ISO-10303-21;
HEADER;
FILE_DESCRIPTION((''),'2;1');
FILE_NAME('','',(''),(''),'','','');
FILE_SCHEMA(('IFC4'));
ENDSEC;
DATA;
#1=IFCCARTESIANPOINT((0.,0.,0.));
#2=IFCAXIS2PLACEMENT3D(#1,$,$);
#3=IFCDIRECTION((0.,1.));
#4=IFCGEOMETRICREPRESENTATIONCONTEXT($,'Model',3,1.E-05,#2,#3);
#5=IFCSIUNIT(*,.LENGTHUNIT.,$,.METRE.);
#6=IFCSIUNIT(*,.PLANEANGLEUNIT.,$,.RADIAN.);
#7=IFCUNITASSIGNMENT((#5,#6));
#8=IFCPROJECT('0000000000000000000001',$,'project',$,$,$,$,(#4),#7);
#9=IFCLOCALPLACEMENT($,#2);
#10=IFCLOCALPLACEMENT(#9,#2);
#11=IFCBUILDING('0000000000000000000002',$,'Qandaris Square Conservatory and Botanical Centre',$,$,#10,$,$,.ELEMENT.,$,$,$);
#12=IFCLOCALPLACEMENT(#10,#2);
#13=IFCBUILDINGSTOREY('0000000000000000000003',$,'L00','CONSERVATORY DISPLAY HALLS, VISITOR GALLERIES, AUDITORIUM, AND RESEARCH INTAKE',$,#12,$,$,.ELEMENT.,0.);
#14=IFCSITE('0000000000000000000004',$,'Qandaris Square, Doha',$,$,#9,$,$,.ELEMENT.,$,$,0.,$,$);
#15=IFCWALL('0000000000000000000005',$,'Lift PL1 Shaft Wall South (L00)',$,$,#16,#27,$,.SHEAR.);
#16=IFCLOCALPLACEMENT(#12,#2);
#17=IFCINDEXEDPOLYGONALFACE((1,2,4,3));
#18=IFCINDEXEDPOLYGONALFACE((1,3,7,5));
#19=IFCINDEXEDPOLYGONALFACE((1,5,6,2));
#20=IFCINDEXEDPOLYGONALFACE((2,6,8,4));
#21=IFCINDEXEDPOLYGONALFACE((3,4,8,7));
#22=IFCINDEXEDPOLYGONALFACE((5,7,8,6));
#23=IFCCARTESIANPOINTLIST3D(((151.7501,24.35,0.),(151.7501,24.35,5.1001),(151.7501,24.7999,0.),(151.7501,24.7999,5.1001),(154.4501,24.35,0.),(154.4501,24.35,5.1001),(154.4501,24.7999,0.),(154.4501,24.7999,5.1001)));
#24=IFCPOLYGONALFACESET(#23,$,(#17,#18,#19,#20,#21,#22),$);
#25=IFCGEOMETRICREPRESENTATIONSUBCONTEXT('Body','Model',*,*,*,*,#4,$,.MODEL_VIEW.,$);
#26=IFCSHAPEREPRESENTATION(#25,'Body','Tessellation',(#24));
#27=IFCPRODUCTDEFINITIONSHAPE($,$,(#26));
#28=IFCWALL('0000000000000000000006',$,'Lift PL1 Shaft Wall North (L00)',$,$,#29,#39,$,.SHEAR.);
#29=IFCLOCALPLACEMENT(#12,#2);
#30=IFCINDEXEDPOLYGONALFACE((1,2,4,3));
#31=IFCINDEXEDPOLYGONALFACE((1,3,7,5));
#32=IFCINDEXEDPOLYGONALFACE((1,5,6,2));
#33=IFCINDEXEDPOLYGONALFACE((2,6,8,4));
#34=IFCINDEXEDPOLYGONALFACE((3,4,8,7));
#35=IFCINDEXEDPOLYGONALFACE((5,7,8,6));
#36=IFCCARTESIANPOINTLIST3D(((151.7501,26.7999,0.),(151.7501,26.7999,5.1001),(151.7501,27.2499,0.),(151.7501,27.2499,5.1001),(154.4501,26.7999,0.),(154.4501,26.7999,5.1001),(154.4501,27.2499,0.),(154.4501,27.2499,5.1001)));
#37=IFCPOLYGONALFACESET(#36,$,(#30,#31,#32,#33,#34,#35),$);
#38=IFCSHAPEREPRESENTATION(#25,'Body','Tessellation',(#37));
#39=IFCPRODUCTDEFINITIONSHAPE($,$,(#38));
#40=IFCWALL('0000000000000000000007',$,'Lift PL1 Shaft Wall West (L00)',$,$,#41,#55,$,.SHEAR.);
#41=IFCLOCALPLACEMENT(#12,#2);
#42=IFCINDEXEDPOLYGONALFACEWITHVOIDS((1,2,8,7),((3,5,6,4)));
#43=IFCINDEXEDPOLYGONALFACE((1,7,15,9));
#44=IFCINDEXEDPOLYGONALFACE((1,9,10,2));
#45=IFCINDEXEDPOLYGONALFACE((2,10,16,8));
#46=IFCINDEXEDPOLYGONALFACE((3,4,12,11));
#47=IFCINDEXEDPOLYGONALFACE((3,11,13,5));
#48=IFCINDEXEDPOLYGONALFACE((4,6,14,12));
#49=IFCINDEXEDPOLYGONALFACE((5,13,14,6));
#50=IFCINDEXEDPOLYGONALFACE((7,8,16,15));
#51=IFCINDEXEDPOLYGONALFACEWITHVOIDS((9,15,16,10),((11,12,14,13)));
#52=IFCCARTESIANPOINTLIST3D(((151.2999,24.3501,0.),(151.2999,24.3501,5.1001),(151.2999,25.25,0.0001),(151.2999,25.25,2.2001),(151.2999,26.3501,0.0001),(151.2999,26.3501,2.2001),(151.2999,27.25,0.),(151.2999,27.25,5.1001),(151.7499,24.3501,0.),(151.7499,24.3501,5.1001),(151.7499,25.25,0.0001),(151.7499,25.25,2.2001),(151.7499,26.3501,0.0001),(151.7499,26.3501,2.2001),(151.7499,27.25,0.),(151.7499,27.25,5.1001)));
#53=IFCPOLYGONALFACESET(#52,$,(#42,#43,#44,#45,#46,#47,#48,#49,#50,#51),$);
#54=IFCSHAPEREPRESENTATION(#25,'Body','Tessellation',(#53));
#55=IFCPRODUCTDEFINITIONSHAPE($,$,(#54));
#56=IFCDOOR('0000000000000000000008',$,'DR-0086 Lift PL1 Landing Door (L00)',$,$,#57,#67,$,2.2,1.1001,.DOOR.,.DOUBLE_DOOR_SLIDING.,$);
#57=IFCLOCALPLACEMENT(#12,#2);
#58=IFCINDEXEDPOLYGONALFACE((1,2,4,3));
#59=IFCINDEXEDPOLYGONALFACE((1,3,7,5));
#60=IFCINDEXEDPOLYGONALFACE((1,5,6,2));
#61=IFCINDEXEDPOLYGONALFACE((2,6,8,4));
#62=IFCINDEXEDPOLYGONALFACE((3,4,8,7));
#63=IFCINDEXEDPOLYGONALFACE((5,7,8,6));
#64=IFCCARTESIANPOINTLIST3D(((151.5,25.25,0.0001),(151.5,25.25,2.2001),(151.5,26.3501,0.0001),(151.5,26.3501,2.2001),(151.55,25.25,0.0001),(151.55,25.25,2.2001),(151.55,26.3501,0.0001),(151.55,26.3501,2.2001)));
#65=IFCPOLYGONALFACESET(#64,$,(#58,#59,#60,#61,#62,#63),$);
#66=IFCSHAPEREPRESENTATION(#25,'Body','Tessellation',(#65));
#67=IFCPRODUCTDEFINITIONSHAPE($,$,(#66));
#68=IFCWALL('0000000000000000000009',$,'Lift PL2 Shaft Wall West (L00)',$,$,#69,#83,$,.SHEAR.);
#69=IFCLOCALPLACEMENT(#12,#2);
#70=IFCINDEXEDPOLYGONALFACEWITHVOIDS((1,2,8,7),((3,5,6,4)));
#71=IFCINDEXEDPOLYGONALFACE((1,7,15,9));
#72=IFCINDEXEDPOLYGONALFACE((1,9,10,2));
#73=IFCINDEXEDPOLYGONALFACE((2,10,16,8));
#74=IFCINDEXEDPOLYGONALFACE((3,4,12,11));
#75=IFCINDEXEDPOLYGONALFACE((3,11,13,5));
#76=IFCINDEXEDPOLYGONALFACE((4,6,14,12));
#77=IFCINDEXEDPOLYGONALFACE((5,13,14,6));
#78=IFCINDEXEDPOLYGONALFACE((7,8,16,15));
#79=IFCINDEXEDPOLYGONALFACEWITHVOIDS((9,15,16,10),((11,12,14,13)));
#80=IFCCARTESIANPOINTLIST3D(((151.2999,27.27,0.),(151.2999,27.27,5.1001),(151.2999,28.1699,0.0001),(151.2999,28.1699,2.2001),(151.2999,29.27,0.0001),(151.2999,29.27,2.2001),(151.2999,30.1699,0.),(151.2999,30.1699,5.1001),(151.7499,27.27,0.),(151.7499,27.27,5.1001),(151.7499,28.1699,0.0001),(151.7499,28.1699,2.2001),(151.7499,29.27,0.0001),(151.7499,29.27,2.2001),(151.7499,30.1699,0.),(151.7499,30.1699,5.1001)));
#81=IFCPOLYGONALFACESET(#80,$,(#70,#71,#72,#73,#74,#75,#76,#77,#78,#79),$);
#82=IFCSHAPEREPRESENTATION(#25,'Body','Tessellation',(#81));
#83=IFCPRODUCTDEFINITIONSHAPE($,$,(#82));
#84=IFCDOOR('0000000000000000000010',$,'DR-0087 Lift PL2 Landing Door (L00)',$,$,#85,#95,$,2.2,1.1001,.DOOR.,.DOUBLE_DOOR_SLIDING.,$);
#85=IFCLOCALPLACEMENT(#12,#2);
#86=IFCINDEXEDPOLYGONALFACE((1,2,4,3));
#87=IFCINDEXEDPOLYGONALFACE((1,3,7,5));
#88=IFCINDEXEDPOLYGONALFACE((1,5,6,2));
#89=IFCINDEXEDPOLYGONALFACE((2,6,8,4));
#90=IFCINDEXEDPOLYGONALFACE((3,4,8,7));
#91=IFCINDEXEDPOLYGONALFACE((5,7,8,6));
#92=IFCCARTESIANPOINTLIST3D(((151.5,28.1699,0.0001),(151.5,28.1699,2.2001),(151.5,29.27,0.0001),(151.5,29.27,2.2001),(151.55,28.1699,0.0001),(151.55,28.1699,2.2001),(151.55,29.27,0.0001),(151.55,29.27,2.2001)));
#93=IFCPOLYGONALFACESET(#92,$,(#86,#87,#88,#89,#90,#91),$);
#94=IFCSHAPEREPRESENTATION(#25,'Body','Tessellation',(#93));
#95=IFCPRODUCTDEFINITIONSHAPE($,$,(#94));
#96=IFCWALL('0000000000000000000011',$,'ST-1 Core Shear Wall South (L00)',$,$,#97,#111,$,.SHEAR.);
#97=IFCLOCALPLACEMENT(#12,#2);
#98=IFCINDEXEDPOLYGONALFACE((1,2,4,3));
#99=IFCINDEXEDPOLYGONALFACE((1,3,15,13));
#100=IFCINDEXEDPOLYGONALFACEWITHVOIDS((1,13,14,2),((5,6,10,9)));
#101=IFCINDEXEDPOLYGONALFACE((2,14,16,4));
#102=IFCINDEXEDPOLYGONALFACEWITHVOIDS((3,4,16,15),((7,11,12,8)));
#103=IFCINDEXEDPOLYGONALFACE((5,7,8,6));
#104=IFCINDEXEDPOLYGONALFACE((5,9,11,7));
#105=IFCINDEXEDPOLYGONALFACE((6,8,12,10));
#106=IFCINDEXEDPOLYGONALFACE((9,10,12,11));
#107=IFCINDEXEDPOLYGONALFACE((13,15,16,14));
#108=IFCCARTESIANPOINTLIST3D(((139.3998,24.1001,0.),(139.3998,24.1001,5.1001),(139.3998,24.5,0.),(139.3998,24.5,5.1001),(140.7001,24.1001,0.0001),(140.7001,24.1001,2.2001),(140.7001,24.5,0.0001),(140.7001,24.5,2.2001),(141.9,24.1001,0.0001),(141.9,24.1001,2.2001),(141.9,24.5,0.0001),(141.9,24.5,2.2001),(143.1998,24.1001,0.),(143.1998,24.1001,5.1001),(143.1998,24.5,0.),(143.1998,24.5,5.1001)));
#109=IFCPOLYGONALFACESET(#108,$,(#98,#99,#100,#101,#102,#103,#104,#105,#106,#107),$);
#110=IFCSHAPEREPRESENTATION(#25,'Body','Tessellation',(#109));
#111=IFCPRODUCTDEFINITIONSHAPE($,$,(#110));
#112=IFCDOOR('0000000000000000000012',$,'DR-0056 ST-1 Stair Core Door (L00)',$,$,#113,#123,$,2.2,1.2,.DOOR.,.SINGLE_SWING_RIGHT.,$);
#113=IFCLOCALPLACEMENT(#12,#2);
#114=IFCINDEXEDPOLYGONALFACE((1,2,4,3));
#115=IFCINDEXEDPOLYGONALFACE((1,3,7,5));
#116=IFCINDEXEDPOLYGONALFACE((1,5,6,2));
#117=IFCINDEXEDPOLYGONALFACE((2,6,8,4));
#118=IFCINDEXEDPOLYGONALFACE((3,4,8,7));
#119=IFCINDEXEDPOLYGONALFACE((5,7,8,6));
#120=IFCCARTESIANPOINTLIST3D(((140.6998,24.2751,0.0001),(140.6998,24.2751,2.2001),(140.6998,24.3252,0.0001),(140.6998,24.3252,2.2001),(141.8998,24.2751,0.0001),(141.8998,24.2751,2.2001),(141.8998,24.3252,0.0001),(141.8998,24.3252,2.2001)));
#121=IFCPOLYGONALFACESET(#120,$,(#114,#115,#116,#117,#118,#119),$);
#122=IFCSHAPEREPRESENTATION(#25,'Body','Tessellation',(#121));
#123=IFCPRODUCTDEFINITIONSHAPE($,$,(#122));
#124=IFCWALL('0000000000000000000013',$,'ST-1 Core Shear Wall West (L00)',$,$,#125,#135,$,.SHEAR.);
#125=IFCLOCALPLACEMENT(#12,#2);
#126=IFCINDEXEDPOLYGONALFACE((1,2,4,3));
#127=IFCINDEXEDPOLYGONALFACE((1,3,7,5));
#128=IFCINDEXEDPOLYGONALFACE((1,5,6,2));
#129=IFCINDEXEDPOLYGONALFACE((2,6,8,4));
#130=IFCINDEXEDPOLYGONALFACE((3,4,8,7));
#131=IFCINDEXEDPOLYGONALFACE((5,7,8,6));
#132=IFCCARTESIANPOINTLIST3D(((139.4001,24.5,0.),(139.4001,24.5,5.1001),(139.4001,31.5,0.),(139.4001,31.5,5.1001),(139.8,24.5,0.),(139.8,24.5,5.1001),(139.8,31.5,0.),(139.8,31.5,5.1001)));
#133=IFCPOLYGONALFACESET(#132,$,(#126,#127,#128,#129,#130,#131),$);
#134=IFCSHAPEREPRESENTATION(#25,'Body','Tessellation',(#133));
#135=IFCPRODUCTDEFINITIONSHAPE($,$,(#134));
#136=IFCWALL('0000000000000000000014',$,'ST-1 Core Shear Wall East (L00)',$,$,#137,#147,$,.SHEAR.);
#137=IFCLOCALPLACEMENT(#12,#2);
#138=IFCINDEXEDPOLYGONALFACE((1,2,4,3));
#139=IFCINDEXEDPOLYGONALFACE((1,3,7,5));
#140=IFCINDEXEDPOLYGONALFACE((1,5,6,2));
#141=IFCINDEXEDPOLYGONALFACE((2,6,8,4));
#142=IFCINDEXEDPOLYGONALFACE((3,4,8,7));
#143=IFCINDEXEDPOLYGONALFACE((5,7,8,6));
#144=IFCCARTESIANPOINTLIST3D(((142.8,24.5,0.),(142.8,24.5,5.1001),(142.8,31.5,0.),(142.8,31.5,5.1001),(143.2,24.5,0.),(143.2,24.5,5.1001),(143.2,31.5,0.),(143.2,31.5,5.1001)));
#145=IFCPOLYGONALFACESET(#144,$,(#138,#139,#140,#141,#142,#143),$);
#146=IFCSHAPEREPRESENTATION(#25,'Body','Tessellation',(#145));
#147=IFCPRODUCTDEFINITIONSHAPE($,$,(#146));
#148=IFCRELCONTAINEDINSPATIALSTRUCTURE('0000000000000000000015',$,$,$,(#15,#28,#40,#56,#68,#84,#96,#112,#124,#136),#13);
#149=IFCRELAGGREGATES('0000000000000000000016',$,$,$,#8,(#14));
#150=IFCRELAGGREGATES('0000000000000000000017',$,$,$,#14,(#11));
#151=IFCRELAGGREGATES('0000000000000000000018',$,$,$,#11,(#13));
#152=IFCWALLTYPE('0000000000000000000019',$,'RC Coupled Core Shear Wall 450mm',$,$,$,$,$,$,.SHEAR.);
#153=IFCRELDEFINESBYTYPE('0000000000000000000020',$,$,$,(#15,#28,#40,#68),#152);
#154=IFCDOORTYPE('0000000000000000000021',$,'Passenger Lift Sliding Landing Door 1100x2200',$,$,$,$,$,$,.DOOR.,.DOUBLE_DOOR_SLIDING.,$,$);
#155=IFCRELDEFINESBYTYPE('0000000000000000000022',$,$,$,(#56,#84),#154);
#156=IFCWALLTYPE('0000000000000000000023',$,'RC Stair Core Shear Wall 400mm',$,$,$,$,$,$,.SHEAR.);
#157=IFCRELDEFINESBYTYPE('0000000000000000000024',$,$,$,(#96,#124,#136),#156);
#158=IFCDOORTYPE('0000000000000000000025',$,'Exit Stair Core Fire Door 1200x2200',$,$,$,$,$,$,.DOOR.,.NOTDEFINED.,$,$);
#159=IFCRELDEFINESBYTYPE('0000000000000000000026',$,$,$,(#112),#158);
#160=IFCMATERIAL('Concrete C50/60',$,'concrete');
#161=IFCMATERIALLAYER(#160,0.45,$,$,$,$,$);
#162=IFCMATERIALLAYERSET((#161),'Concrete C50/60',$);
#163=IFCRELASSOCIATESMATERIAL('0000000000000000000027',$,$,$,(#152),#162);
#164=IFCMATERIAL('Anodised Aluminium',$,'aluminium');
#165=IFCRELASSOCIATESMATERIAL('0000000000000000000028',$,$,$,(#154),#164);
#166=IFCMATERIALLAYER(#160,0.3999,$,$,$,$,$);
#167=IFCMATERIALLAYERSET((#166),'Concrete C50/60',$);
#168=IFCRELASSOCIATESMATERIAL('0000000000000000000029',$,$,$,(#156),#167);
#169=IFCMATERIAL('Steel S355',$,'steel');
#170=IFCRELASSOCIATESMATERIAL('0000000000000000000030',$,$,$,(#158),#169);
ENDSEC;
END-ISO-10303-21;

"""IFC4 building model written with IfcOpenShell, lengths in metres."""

from ifc_helpers import new_model, si_unit, direction, frame, frame_2d, origin, place, context, subcontext, project, spatial, rectangle, extrude, material, layer, layer_set, type_object, element, fill, save


model = new_model("IFC4")

# Units and contexts
model_context = context("Model", 3, precision=1e-05, world=origin(), true_north=direction((0.0, 1.0)))
body_context = subcontext(model_context, "Body", "Model", "MODEL_VIEW")
ifc_project = project(units=[si_unit("LENGTHUNIT", "METRE"), si_unit("PLANEANGLEUNIT", "RADIAN")], contexts=[model_context])

# Site, building, storey
site_placement = place(None, origin())
site = spatial("IfcSite", under=ifc_project, at=site_placement, Name="Qandaris Square, Doha", CompositionType="ELEMENT", RefElevation=0.0)
building_placement = place(site_placement, origin())
building = spatial("IfcBuilding", under=site, at=building_placement, Name="Qandaris Square Conservatory and Botanical Centre", CompositionType="ELEMENT")
storey_placement = place(building_placement, origin())
storey = spatial("IfcBuildingStorey", under=building, at=storey_placement, Name="L00", Description="CONSERVATORY DISPLAY HALLS, VISITOR GALLERIES, AUDITORIUM, AND RESEARCH INTAKE", CompositionType="ELEMENT", Elevation=0.0)

# Shared definitions
ifc_material_1 = material(Name="Concrete C50/60", Category="concrete")

# Shared definitions
ifc_material_2 = material(Name="Steel S355", Category="steel")

# Shared definitions
ifc_material_3 = material(Name="Anodised Aluminium", Category="aluminium")

# Walls
ifc_layer_1 = layer(ifc_material_1, 0.45)
ifc_layer_set_1 = layer_set([ifc_layer_1], Name="Concrete C50/60")
wall_type_1 = type_object("IfcWallType", Name="RC Coupled Core Shear Wall 450mm", PredefinedType="SHEAR", material=ifc_layer_set_1)
for number, where, z_axis, x_axis, name in (
    (1, (151.75, 24.575, 0.0), (0.0, 0.0, 1.0), (1.0, 0.0, 0.0), "Lift PL1 Shaft Wall South (L00)"),
    (2, (151.75, 27.0249, 0.0), (0.0, 0.0, 1.0), (1.0, 0.0, 0.0), "Lift PL1 Shaft Wall North (L00)"),
):
    element("IfcWall", number, at=place(storey_placement, frame(where, z_axis=z_axis, x_axis=x_axis)), inside=storey, type_object=wall_type_1, Name=name, PredefinedType="SHEAR", context=body_context, shape_type="SweptSolid", body=[
        extrude(rectangle(XDim=2.7, YDim=0.45, at=frame_2d((1.3501, 0.0))), origin(), (0.0, 0.0, 1.0), 5.1001),
    ])

# Walls, openings, doors
wall_1_placement = place(storey_placement, frame((151.5249, 24.3501, 0.0), z_axis=(0.0, 0.0, 1.0), x_axis=(0.0, 1.0, 0.0)))
wall_1 = element("IfcWall", 3, at=wall_1_placement, inside=storey, type_object=wall_type_1, Name="Lift PL1 Shaft Wall West (L00)", PredefinedType="SHEAR", context=body_context, shape_type="SweptSolid", body=[
    extrude(rectangle(XDim=2.8999, YDim=0.45, at=frame_2d((1.45, 0.0))), origin(), (0.0, 0.0, 1.0), 5.1001),
])
opening_1_placement = place(wall_1_placement, frame((0.8999, 0.0, 0.0)))
opening_1 = element("IfcOpeningElement", 4, at=opening_1_placement, cuts=wall_1, PredefinedType="OPENING", context=body_context, shape_type="SweptSolid", body=[
    extrude(rectangle(XDim=1.1001, YDim=2.2, at=frame_2d((0.55, 1.1001))), frame((0.0, 0.2368, 0.0), z_axis=(0.0, -1.0, 0.0), x_axis=(1.0, 0.0, 0.0)), (0.0, 0.0, 1.0), 0.4739),
])
door_type_1 = type_object("IfcDoorType", Name="Passenger Lift Sliding Landing Door 1100x2200", OperationType="DOUBLE_DOOR_SLIDING", PredefinedType="DOOR", material=ifc_material_3)
door_1_placement = place(opening_1_placement, origin())
door_1 = element("IfcDoor", 5, at=door_1_placement, inside=storey, type_object=door_type_1, Name="DR-0086 Lift PL1 Landing Door (L00)", OperationType="DOUBLE_DOOR_SLIDING", OverallHeight=2.2, OverallWidth=1.1001, PredefinedType="DOOR", context=body_context, shape_type="SweptSolid", body=[
    extrude(rectangle(XDim=1.1001, YDim=2.2, at=frame_2d((0.55, 1.1001))), frame((0.0, 0.0249, 0.0), z_axis=(0.0, -1.0, 0.0), x_axis=(1.0, 0.0, 0.0)), (0.0, 0.0, 1.0), 0.05),
])
fill(opening_1, door_1)
wall_2_placement = place(storey_placement, frame((151.5249, 27.27, 0.0), z_axis=(0.0, 0.0, 1.0), x_axis=(0.0, 1.0, 0.0)))
wall_2 = element("IfcWall", 6, at=wall_2_placement, inside=storey, type_object=wall_type_1, Name="Lift PL2 Shaft Wall West (L00)", PredefinedType="SHEAR", context=body_context, shape_type="SweptSolid", body=[
    extrude(rectangle(XDim=2.8999, YDim=0.45, at=frame_2d((1.45, 0.0))), origin(), (0.0, 0.0, 1.0), 5.1001),
])
opening_2_placement = place(wall_2_placement, frame((0.8999, 0.0, 0.0)))
opening_2 = element("IfcOpeningElement", 7, at=opening_2_placement, cuts=wall_2, PredefinedType="OPENING", context=body_context, shape_type="SweptSolid", body=[
    extrude(rectangle(XDim=1.1001, YDim=2.2, at=frame_2d((0.55, 1.1001))), frame((0.0, 0.2368, 0.0), z_axis=(0.0, -1.0, 0.0), x_axis=(1.0, 0.0, 0.0)), (0.0, 0.0, 1.0), 0.4739),
])
door_2_placement = place(opening_2_placement, origin())
door_2 = element("IfcDoor", 8, at=door_2_placement, inside=storey, type_object=door_type_1, Name="DR-0087 Lift PL2 Landing Door (L00)", OperationType="DOUBLE_DOOR_SLIDING", OverallHeight=2.2, OverallWidth=1.1001, PredefinedType="DOOR", context=body_context, shape_type="SweptSolid", body=[
    extrude(rectangle(XDim=1.1001, YDim=2.2, at=frame_2d((0.55, 1.1001))), frame((0.0, 0.0249, 0.0), z_axis=(0.0, -1.0, 0.0), x_axis=(1.0, 0.0, 0.0)), (0.0, 0.0, 1.0), 0.05),
])
fill(opening_2, door_2)
ifc_layer_2 = layer(ifc_material_1, 0.3999)
ifc_layer_set_2 = layer_set([ifc_layer_2], Name="Concrete C50/60")
wall_type_2 = type_object("IfcWallType", Name="RC Stair Core Shear Wall 400mm", PredefinedType="SHEAR", material=ifc_layer_set_2)
wall_3_placement = place(storey_placement, frame((139.3999, 24.3, 0.0), z_axis=(0.0, 0.0, 1.0), x_axis=(1.0, 0.0, 0.0)))
wall_3 = element("IfcWall", 9, at=wall_3_placement, inside=storey, type_object=wall_type_2, Name="ST-1 Core Shear Wall South (L00)", PredefinedType="SHEAR", context=body_context, shape_type="SweptSolid", body=[
    extrude(rectangle(XDim=3.8, YDim=0.3999, at=frame_2d((1.8999, 0.0))), origin(), (0.0, 0.0, 1.0), 5.1001),
])
opening_3_placement = place(wall_3_placement, frame((1.3, 0.0, 0.0)))
opening_3 = element("IfcOpeningElement", 10, at=opening_3_placement, cuts=wall_3, PredefinedType="OPENING", context=body_context, shape_type="SweptSolid", body=[
    extrude(rectangle(XDim=1.2, YDim=2.2, at=frame_2d((0.6001, 1.1001))), frame((0.0, 0.2119, 0.0), z_axis=(0.0, -1.0, 0.0), x_axis=(1.0, 0.0, 0.0)), (0.0, 0.0, 1.0), 0.4238),
])
door_type_2 = type_object("IfcDoorType", Name="Exit Stair Core Fire Door 1200x2200", OperationType="NOTDEFINED", PredefinedType="DOOR", material=ifc_material_2)
door_3_placement = place(opening_3_placement, frame((1.2, 0.0, 0.0), z_axis=(0.0, 0.0, 1.0), x_axis=(-1.0, 0.0, 0.0)))
door_3 = element("IfcDoor", 11, at=door_3_placement, inside=storey, type_object=door_type_2, Name="DR-0056 ST-1 Stair Core Door (L00)", OperationType="SINGLE_SWING_RIGHT", OverallHeight=2.2, OverallWidth=1.2, PredefinedType="DOOR", context=body_context, shape_type="SweptSolid", body=[
    extrude(rectangle(XDim=1.2, YDim=2.2, at=frame_2d((0.6001, 1.1001))), frame((0.0, 0.0249, 0.0), z_axis=(0.0, -1.0, 0.0), x_axis=(1.0, 0.0, 0.0)), (0.0, 0.0, 1.0), 0.05),
])
fill(opening_3, door_3)

# Walls
for number, where, z_axis, x_axis, name in (
    (12, (139.6001, 24.5, 0.0), (0.0, 0.0, 1.0), (0.0, 1.0, 0.0), "ST-1 Core Shear Wall West (L00)"),
    (13, (143.0, 24.5, 0.0), (0.0, 0.0, 1.0), (0.0, 1.0, 0.0), "ST-1 Core Shear Wall East (L00)"),
):
    element("IfcWall", number, at=place(storey_placement, frame(where, z_axis=z_axis, x_axis=x_axis)), inside=storey, type_object=wall_type_2, Name=name, PredefinedType="SHEAR", context=body_context, shape_type="SweptSolid", body=[
        extrude(rectangle(XDim=7.0, YDim=0.3999, at=frame_2d((3.5, 0.0))), origin(), (0.0, 0.0, 1.0), 5.1001),
    ])

save(model, "model.ifc")
